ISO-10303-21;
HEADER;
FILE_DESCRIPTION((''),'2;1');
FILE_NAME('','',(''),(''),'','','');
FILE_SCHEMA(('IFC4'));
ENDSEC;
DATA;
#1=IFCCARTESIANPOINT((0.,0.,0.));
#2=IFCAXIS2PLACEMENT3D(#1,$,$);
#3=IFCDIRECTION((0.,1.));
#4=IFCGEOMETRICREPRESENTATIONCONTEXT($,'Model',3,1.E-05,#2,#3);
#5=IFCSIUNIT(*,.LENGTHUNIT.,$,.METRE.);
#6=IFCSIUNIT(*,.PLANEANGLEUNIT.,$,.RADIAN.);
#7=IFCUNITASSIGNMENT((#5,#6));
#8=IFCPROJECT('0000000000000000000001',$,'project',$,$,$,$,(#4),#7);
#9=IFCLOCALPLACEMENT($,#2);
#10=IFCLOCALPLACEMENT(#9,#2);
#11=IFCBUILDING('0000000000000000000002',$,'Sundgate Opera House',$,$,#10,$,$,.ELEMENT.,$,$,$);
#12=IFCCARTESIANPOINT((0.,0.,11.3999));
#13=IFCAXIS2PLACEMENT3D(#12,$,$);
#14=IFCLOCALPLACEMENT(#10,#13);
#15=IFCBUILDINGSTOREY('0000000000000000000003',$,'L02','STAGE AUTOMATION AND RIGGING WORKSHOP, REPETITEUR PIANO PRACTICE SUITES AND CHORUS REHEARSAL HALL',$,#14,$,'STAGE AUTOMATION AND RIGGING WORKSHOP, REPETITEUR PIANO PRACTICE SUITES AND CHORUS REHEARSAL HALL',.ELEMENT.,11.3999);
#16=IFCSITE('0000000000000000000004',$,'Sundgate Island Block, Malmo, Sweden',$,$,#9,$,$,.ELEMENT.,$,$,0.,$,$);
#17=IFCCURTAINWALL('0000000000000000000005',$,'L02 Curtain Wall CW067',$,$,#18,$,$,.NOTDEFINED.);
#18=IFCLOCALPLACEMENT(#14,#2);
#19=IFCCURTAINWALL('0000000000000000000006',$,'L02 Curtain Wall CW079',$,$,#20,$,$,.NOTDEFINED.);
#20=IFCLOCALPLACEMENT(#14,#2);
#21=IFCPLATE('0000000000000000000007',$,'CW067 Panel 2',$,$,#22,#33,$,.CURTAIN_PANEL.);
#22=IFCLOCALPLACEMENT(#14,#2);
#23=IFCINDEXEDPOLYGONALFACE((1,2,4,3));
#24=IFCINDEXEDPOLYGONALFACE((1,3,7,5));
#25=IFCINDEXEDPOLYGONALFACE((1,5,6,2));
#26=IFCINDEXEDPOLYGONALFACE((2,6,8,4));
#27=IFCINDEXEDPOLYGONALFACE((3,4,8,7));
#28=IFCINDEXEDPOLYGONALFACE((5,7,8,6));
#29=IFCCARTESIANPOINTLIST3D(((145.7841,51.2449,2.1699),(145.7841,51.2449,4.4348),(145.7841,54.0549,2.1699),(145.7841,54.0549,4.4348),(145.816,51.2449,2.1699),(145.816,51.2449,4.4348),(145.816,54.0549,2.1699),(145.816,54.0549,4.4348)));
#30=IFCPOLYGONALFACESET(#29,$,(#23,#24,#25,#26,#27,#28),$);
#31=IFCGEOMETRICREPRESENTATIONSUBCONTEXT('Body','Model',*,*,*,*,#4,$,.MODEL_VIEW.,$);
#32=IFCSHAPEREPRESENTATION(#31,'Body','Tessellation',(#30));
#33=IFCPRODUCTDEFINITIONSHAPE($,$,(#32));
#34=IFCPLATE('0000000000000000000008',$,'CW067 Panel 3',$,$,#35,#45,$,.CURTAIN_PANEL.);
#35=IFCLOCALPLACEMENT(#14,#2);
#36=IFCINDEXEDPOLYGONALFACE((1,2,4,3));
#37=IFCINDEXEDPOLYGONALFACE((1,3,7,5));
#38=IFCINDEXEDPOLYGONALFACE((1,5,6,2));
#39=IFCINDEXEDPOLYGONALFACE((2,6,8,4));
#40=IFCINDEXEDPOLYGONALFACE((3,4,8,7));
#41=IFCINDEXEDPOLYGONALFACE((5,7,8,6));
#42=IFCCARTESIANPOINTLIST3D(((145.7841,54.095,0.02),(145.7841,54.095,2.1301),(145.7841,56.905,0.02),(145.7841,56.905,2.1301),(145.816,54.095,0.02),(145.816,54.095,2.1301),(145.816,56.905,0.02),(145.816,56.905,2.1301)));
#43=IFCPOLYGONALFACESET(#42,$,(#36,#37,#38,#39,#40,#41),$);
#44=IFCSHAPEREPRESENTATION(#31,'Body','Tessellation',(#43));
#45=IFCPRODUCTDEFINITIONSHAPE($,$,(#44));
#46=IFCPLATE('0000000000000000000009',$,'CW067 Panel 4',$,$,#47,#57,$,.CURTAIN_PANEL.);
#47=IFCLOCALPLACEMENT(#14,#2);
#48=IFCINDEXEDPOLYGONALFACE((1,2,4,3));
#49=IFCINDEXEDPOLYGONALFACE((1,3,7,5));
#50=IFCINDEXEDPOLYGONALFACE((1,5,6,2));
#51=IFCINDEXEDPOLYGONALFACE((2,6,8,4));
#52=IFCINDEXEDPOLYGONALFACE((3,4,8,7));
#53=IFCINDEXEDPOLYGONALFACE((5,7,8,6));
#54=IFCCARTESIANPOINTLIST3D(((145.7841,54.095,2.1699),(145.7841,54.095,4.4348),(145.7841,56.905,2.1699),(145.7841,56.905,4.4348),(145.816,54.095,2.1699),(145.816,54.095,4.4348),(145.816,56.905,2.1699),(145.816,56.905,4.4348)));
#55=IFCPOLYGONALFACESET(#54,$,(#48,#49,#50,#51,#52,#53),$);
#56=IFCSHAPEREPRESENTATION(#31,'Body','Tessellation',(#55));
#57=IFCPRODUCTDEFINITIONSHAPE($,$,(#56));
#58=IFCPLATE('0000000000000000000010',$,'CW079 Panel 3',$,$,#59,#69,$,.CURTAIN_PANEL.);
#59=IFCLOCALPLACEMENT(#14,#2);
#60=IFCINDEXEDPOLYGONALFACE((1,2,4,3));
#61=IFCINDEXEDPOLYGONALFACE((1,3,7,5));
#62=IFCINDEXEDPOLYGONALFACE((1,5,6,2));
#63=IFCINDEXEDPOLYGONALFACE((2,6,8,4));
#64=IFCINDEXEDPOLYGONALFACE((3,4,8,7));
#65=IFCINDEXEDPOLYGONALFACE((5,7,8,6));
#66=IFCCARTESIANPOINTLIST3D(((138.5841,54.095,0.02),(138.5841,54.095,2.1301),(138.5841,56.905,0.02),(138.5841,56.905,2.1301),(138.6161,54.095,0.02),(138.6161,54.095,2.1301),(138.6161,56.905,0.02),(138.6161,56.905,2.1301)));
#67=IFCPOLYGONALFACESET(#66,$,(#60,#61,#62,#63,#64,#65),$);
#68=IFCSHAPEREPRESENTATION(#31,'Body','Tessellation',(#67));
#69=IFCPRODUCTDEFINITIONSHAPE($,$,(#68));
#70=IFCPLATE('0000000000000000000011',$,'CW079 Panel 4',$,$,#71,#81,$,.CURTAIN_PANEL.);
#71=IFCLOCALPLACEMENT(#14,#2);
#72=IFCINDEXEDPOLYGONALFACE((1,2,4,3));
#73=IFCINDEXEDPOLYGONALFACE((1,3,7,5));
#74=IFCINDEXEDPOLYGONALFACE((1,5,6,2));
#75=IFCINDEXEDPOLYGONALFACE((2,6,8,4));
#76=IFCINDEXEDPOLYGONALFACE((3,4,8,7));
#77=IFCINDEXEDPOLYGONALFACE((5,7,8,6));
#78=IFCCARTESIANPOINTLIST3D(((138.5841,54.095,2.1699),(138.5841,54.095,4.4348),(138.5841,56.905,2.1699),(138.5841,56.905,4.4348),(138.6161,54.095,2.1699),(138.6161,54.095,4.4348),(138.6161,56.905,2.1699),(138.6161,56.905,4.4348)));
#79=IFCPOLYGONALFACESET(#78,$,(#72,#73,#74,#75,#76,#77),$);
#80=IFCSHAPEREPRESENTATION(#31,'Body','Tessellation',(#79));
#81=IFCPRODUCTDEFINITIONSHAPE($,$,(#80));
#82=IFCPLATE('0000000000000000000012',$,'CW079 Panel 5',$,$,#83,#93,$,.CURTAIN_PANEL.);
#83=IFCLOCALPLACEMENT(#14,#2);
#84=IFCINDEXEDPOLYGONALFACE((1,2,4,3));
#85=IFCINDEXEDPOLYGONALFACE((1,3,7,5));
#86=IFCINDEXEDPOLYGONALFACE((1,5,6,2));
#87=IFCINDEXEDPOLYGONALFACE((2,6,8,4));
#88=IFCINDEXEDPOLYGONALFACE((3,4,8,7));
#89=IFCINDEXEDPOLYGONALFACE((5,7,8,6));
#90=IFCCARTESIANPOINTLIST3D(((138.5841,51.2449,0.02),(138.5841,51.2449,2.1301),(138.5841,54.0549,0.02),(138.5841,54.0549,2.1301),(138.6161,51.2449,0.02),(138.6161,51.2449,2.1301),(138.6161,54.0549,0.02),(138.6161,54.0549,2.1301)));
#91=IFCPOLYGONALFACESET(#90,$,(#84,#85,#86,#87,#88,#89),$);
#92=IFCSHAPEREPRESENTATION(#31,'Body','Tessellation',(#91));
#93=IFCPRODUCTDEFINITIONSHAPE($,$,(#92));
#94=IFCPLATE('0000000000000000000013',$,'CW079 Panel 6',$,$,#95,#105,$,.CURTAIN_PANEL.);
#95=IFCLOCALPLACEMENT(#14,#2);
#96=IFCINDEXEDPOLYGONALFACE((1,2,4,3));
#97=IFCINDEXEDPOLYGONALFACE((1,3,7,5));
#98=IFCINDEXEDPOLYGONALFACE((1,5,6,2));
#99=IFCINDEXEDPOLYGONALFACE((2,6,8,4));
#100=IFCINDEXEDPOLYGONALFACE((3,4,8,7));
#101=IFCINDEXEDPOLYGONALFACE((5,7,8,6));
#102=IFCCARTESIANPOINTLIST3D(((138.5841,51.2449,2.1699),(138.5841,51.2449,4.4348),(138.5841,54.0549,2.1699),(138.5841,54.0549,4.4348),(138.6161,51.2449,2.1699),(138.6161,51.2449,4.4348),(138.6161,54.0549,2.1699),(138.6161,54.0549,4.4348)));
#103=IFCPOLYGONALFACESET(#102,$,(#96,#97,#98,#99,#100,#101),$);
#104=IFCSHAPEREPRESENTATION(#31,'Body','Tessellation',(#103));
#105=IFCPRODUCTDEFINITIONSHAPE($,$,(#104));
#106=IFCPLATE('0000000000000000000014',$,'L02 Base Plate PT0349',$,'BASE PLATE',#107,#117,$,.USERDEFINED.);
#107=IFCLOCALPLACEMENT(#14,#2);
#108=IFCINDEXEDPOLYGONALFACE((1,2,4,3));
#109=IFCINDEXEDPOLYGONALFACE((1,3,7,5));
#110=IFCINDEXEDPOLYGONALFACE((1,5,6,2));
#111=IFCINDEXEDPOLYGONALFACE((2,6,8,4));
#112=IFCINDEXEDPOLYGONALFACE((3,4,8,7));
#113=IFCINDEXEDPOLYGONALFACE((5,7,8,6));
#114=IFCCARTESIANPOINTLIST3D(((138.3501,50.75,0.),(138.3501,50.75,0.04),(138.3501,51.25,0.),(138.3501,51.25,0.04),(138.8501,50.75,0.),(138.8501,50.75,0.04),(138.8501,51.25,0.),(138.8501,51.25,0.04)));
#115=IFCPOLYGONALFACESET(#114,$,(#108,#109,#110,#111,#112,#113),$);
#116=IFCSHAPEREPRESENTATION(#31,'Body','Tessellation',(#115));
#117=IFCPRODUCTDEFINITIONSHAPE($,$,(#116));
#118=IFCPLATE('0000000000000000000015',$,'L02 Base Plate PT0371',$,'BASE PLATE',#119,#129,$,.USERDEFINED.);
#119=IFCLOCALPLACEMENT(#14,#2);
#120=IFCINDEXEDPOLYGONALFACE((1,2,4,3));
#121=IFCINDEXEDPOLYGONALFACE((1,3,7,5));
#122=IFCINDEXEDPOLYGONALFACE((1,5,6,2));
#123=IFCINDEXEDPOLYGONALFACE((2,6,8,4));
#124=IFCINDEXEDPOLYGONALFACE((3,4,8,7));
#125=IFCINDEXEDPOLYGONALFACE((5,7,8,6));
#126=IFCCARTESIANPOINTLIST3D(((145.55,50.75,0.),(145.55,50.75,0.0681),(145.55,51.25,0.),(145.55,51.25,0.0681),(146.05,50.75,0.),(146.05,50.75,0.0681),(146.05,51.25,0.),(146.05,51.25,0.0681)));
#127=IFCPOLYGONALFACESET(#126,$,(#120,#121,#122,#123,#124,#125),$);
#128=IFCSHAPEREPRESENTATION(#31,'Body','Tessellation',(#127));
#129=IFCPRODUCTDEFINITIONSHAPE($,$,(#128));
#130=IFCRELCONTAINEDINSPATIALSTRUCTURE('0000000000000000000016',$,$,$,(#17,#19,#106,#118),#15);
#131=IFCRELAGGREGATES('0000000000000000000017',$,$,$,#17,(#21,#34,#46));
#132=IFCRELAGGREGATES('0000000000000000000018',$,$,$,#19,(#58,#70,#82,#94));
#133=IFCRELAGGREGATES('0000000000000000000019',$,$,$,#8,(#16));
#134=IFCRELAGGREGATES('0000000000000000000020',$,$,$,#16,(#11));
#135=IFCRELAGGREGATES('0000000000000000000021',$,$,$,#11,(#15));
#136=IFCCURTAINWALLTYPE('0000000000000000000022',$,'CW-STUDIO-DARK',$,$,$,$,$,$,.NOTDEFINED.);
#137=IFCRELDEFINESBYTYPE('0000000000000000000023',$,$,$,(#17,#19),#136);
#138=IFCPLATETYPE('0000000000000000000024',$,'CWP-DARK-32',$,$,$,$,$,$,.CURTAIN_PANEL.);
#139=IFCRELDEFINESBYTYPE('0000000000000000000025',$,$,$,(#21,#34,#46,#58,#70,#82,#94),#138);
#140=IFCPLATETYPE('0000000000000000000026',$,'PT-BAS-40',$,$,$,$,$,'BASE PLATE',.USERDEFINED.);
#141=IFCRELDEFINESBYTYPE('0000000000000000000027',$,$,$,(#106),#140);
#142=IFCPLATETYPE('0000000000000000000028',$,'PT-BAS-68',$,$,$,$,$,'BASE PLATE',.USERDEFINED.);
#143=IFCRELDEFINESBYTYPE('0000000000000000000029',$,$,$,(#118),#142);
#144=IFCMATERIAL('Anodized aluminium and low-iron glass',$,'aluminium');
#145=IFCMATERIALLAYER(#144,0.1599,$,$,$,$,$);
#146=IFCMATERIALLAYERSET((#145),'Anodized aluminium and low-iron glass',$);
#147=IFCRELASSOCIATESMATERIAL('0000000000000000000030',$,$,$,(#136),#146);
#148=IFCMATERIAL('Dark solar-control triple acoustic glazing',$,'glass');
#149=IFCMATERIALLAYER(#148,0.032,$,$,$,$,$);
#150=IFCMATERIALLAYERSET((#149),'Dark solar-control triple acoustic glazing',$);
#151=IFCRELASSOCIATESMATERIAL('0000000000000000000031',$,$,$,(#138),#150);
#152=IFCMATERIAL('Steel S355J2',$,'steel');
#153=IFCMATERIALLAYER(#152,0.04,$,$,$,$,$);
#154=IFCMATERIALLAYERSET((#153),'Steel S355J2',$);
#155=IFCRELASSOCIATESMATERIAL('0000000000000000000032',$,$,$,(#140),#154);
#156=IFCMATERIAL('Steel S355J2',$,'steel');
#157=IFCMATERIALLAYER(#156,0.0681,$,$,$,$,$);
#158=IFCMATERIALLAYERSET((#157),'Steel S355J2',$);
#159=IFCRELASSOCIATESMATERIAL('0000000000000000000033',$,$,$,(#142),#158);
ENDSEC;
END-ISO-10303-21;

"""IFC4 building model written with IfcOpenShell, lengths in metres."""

from ifc_helpers import new_model, si_unit, direction, frame, origin, origin_2d, place, context, subcontext, project, spatial, rectangle, extrude, material, layer, layer_set, type_object, element, aggregate, save


model = new_model("IFC4")

# Units and contexts
model_context = context("Model", 3, precision=1e-05, world=origin(), true_north=direction((0.0, 1.0)))
body_context = subcontext(model_context, "Body", "Model", "MODEL_VIEW")
ifc_project = project(units=[si_unit("LENGTHUNIT", "METRE"), si_unit("PLANEANGLEUNIT", "RADIAN")], contexts=[model_context])

# Site, building, storey
site_placement = place(None, origin())
site = spatial("IfcSite", under=ifc_project, at=site_placement, Name="Sundgate Island Block, Malmo, Sweden", CompositionType="ELEMENT", RefElevation=0.0)
building_placement = place(site_placement, origin())
building = spatial("IfcBuilding", under=site, at=building_placement, Name="Sundgate Opera House", CompositionType="ELEMENT")
storey_placement = place(building_placement, frame((0.0, 0.0, 11.3999)))
storey = spatial("IfcBuildingStorey", under=building, at=storey_placement, Name="L02", Description="STAGE AUTOMATION AND RIGGING WORKSHOP, REPETITEUR PIANO PRACTICE SUITES AND CHORUS REHEARSAL HALL", LongName="STAGE AUTOMATION AND RIGGING WORKSHOP, REPETITEUR PIANO PRACTICE SUITES AND CHORUS REHEARSAL HALL", CompositionType="ELEMENT", Elevation=11.3999)

# Shared definitions
ifc_material_1 = material(Name="Anodized aluminium and low-iron glass", Category="aluminium")
ifc_layer_1 = layer(ifc_material_1, 0.1599)
ifc_layer_set_1 = layer_set([ifc_layer_1], Name="Anodized aluminium and low-iron glass")
curtain_wall_type = type_object("IfcCurtainWallType", Name="CW-STUDIO-DARK", PredefinedType="NOTDEFINED", material=ifc_layer_set_1)

# Curtain walls
curtain_wall_1_placement = place(storey_placement, origin())
curtain_wall_1 = element("IfcCurtainWall", 1, at=curtain_wall_1_placement, inside=storey, type_object=curtain_wall_type, Name="L02 Curtain Wall CW067", PredefinedType="NOTDEFINED")
curtain_wall_2_placement = place(storey_placement, origin())
curtain_wall_2 = element("IfcCurtainWall", 2, at=curtain_wall_2_placement, inside=storey, type_object=curtain_wall_type, Name="L02 Curtain Wall CW079", PredefinedType="NOTDEFINED")

# Plates
ifc_material_2 = material(Name="Dark solar-control triple acoustic glazing", Category="glass")
ifc_layer_2 = layer(ifc_material_2, 0.032)
ifc_layer_set_2 = layer_set([ifc_layer_2], Name="Dark solar-control triple acoustic glazing")
plate_type_1 = type_object("IfcPlateType", Name="CWP-DARK-32", PredefinedType="CURTAIN_PANEL", material=ifc_layer_set_2)
plate_1_placement = place(storey_placement, frame((145.8, 52.6499, 2.1699), z_axis=(0.0, 0.0, 1.0), x_axis=(0.0, 1.0, 0.0)))
plate_1 = element("IfcPlate", 3, at=plate_1_placement, type_object=plate_type_1, Name="CW067 Panel 2", PredefinedType="CURTAIN_PANEL", context=body_context, shape_type="SweptSolid", body=[
    extrude(rectangle(XDim=2.8101, YDim=0.032, at=origin_2d()), origin(), (0.0, 0.0, 1.0), 2.2649),
])
plate_2_placement = place(storey_placement, frame((145.8, 55.5, 0.02), z_axis=(0.0, 0.0, 1.0), x_axis=(0.0, 1.0, 0.0)))
plate_2 = element("IfcPlate", 4, at=plate_2_placement, type_object=plate_type_1, Name="CW067 Panel 3", PredefinedType="CURTAIN_PANEL", context=body_context, shape_type="SweptSolid", body=[
    extrude(rectangle(XDim=2.8101, YDim=0.032, at=origin_2d()), origin(), (0.0, 0.0, 1.0), 2.1101),
])
plate_3_placement = place(storey_placement, frame((145.8, 55.5, 2.1699), z_axis=(0.0, 0.0, 1.0), x_axis=(0.0, 1.0, 0.0)))
plate_3 = element("IfcPlate", 5, at=plate_3_placement, type_object=plate_type_1, Name="CW067 Panel 4", PredefinedType="CURTAIN_PANEL", context=body_context, shape_type="SweptSolid", body=[
    extrude(rectangle(XDim=2.8101, YDim=0.032, at=origin_2d()), origin(), (0.0, 0.0, 1.0), 2.2649),
])
aggregate(curtain_wall_1, [plate_1, plate_2, plate_3])
plate_4_placement = place(storey_placement, frame((138.6001, 55.5, 0.02), z_axis=(0.0, 0.0, 1.0), x_axis=(0.0, -1.0, 0.0)))
plate_4 = element("IfcPlate", 6, at=plate_4_placement, type_object=plate_type_1, Name="CW079 Panel 3", PredefinedType="CURTAIN_PANEL", context=body_context, shape_type="SweptSolid", body=[
    extrude(rectangle(XDim=2.8101, YDim=0.032, at=origin_2d()), origin(), (0.0, 0.0, 1.0), 2.1101),
])
plate_5_placement = place(storey_placement, frame((138.6001, 55.5, 2.1699), z_axis=(0.0, 0.0, 1.0), x_axis=(0.0, -1.0, 0.0)))
plate_5 = element("IfcPlate", 7, at=plate_5_placement, type_object=plate_type_1, Name="CW079 Panel 4", PredefinedType="CURTAIN_PANEL", context=body_context, shape_type="SweptSolid", body=[
    extrude(rectangle(XDim=2.8101, YDim=0.032, at=origin_2d()), origin(), (0.0, 0.0, 1.0), 2.2649),
])
plate_6_placement = place(storey_placement, frame((138.6001, 52.6499, 0.02), z_axis=(0.0, 0.0, 1.0), x_axis=(0.0, -1.0, 0.0)))
plate_6 = element("IfcPlate", 8, at=plate_6_placement, type_object=plate_type_1, Name="CW079 Panel 5", PredefinedType="CURTAIN_PANEL", context=body_context, shape_type="SweptSolid", body=[
    extrude(rectangle(XDim=2.8101, YDim=0.032, at=origin_2d()), origin(), (0.0, 0.0, 1.0), 2.1101),
])
plate_7_placement = place(storey_placement, frame((138.6001, 52.6499, 2.1699), z_axis=(0.0, 0.0, 1.0), x_axis=(0.0, -1.0, 0.0)))
plate_7 = element("IfcPlate", 9, at=plate_7_placement, type_object=plate_type_1, Name="CW079 Panel 6", PredefinedType="CURTAIN_PANEL", context=body_context, shape_type="SweptSolid", body=[
    extrude(rectangle(XDim=2.8101, YDim=0.032, at=origin_2d()), origin(), (0.0, 0.0, 1.0), 2.2649),
])
aggregate(curtain_wall_2, [plate_4, plate_5, plate_6, plate_7])

# Plates
ifc_material_3 = material(Name="Steel S355J2", Category="steel")
ifc_layer_3 = layer(ifc_material_3, 0.04)
ifc_layer_set_3 = layer_set([ifc_layer_3], Name="Steel S355J2")
plate_type_2 = type_object("IfcPlateType", Name="PT-BAS-40", ElementType="BASE PLATE", PredefinedType="USERDEFINED", material=ifc_layer_set_3)
plate_8_placement = place(storey_placement, frame((138.6001, 51.0, 0.0), z_axis=(0.0, 0.0, 1.0), x_axis=(1.0, 0.0, 0.0)))
element("IfcPlate", 10, at=plate_8_placement, inside=storey, type_object=plate_type_2, Name="L02 Base Plate PT0349", ObjectType="BASE PLATE", PredefinedType="USERDEFINED", context=body_context, shape_type="SweptSolid", body=[
    extrude(rectangle(XDim=0.5, YDim=0.5, at=origin_2d()), origin(), (0.0, 0.0, 1.0), 0.04),
])
ifc_material_4 = material(Name="Steel S355J2", Category="steel")
ifc_layer_4 = layer(ifc_material_4, 0.0681)
ifc_layer_set_4 = layer_set([ifc_layer_4], Name="Steel S355J2")
plate_type_3 = type_object("IfcPlateType", Name="PT-BAS-68", ElementType="BASE PLATE", PredefinedType="USERDEFINED", material=ifc_layer_set_4)
plate_9_placement = place(storey_placement, frame((145.8, 51.0, 0.0), z_axis=(0.0, 0.0, 1.0), x_axis=(1.0, 0.0, 0.0)))
element("IfcPlate", 11, at=plate_9_placement, inside=storey, type_object=plate_type_3, Name="L02 Base Plate PT0371", ObjectType="BASE PLATE", PredefinedType="USERDEFINED", context=body_context, shape_type="SweptSolid", body=[
    extrude(rectangle(XDim=0.5, YDim=0.5, at=origin_2d()), origin(), (0.0, 0.0, 1.0), 0.0681),
])

save(model, "model.ifc")
